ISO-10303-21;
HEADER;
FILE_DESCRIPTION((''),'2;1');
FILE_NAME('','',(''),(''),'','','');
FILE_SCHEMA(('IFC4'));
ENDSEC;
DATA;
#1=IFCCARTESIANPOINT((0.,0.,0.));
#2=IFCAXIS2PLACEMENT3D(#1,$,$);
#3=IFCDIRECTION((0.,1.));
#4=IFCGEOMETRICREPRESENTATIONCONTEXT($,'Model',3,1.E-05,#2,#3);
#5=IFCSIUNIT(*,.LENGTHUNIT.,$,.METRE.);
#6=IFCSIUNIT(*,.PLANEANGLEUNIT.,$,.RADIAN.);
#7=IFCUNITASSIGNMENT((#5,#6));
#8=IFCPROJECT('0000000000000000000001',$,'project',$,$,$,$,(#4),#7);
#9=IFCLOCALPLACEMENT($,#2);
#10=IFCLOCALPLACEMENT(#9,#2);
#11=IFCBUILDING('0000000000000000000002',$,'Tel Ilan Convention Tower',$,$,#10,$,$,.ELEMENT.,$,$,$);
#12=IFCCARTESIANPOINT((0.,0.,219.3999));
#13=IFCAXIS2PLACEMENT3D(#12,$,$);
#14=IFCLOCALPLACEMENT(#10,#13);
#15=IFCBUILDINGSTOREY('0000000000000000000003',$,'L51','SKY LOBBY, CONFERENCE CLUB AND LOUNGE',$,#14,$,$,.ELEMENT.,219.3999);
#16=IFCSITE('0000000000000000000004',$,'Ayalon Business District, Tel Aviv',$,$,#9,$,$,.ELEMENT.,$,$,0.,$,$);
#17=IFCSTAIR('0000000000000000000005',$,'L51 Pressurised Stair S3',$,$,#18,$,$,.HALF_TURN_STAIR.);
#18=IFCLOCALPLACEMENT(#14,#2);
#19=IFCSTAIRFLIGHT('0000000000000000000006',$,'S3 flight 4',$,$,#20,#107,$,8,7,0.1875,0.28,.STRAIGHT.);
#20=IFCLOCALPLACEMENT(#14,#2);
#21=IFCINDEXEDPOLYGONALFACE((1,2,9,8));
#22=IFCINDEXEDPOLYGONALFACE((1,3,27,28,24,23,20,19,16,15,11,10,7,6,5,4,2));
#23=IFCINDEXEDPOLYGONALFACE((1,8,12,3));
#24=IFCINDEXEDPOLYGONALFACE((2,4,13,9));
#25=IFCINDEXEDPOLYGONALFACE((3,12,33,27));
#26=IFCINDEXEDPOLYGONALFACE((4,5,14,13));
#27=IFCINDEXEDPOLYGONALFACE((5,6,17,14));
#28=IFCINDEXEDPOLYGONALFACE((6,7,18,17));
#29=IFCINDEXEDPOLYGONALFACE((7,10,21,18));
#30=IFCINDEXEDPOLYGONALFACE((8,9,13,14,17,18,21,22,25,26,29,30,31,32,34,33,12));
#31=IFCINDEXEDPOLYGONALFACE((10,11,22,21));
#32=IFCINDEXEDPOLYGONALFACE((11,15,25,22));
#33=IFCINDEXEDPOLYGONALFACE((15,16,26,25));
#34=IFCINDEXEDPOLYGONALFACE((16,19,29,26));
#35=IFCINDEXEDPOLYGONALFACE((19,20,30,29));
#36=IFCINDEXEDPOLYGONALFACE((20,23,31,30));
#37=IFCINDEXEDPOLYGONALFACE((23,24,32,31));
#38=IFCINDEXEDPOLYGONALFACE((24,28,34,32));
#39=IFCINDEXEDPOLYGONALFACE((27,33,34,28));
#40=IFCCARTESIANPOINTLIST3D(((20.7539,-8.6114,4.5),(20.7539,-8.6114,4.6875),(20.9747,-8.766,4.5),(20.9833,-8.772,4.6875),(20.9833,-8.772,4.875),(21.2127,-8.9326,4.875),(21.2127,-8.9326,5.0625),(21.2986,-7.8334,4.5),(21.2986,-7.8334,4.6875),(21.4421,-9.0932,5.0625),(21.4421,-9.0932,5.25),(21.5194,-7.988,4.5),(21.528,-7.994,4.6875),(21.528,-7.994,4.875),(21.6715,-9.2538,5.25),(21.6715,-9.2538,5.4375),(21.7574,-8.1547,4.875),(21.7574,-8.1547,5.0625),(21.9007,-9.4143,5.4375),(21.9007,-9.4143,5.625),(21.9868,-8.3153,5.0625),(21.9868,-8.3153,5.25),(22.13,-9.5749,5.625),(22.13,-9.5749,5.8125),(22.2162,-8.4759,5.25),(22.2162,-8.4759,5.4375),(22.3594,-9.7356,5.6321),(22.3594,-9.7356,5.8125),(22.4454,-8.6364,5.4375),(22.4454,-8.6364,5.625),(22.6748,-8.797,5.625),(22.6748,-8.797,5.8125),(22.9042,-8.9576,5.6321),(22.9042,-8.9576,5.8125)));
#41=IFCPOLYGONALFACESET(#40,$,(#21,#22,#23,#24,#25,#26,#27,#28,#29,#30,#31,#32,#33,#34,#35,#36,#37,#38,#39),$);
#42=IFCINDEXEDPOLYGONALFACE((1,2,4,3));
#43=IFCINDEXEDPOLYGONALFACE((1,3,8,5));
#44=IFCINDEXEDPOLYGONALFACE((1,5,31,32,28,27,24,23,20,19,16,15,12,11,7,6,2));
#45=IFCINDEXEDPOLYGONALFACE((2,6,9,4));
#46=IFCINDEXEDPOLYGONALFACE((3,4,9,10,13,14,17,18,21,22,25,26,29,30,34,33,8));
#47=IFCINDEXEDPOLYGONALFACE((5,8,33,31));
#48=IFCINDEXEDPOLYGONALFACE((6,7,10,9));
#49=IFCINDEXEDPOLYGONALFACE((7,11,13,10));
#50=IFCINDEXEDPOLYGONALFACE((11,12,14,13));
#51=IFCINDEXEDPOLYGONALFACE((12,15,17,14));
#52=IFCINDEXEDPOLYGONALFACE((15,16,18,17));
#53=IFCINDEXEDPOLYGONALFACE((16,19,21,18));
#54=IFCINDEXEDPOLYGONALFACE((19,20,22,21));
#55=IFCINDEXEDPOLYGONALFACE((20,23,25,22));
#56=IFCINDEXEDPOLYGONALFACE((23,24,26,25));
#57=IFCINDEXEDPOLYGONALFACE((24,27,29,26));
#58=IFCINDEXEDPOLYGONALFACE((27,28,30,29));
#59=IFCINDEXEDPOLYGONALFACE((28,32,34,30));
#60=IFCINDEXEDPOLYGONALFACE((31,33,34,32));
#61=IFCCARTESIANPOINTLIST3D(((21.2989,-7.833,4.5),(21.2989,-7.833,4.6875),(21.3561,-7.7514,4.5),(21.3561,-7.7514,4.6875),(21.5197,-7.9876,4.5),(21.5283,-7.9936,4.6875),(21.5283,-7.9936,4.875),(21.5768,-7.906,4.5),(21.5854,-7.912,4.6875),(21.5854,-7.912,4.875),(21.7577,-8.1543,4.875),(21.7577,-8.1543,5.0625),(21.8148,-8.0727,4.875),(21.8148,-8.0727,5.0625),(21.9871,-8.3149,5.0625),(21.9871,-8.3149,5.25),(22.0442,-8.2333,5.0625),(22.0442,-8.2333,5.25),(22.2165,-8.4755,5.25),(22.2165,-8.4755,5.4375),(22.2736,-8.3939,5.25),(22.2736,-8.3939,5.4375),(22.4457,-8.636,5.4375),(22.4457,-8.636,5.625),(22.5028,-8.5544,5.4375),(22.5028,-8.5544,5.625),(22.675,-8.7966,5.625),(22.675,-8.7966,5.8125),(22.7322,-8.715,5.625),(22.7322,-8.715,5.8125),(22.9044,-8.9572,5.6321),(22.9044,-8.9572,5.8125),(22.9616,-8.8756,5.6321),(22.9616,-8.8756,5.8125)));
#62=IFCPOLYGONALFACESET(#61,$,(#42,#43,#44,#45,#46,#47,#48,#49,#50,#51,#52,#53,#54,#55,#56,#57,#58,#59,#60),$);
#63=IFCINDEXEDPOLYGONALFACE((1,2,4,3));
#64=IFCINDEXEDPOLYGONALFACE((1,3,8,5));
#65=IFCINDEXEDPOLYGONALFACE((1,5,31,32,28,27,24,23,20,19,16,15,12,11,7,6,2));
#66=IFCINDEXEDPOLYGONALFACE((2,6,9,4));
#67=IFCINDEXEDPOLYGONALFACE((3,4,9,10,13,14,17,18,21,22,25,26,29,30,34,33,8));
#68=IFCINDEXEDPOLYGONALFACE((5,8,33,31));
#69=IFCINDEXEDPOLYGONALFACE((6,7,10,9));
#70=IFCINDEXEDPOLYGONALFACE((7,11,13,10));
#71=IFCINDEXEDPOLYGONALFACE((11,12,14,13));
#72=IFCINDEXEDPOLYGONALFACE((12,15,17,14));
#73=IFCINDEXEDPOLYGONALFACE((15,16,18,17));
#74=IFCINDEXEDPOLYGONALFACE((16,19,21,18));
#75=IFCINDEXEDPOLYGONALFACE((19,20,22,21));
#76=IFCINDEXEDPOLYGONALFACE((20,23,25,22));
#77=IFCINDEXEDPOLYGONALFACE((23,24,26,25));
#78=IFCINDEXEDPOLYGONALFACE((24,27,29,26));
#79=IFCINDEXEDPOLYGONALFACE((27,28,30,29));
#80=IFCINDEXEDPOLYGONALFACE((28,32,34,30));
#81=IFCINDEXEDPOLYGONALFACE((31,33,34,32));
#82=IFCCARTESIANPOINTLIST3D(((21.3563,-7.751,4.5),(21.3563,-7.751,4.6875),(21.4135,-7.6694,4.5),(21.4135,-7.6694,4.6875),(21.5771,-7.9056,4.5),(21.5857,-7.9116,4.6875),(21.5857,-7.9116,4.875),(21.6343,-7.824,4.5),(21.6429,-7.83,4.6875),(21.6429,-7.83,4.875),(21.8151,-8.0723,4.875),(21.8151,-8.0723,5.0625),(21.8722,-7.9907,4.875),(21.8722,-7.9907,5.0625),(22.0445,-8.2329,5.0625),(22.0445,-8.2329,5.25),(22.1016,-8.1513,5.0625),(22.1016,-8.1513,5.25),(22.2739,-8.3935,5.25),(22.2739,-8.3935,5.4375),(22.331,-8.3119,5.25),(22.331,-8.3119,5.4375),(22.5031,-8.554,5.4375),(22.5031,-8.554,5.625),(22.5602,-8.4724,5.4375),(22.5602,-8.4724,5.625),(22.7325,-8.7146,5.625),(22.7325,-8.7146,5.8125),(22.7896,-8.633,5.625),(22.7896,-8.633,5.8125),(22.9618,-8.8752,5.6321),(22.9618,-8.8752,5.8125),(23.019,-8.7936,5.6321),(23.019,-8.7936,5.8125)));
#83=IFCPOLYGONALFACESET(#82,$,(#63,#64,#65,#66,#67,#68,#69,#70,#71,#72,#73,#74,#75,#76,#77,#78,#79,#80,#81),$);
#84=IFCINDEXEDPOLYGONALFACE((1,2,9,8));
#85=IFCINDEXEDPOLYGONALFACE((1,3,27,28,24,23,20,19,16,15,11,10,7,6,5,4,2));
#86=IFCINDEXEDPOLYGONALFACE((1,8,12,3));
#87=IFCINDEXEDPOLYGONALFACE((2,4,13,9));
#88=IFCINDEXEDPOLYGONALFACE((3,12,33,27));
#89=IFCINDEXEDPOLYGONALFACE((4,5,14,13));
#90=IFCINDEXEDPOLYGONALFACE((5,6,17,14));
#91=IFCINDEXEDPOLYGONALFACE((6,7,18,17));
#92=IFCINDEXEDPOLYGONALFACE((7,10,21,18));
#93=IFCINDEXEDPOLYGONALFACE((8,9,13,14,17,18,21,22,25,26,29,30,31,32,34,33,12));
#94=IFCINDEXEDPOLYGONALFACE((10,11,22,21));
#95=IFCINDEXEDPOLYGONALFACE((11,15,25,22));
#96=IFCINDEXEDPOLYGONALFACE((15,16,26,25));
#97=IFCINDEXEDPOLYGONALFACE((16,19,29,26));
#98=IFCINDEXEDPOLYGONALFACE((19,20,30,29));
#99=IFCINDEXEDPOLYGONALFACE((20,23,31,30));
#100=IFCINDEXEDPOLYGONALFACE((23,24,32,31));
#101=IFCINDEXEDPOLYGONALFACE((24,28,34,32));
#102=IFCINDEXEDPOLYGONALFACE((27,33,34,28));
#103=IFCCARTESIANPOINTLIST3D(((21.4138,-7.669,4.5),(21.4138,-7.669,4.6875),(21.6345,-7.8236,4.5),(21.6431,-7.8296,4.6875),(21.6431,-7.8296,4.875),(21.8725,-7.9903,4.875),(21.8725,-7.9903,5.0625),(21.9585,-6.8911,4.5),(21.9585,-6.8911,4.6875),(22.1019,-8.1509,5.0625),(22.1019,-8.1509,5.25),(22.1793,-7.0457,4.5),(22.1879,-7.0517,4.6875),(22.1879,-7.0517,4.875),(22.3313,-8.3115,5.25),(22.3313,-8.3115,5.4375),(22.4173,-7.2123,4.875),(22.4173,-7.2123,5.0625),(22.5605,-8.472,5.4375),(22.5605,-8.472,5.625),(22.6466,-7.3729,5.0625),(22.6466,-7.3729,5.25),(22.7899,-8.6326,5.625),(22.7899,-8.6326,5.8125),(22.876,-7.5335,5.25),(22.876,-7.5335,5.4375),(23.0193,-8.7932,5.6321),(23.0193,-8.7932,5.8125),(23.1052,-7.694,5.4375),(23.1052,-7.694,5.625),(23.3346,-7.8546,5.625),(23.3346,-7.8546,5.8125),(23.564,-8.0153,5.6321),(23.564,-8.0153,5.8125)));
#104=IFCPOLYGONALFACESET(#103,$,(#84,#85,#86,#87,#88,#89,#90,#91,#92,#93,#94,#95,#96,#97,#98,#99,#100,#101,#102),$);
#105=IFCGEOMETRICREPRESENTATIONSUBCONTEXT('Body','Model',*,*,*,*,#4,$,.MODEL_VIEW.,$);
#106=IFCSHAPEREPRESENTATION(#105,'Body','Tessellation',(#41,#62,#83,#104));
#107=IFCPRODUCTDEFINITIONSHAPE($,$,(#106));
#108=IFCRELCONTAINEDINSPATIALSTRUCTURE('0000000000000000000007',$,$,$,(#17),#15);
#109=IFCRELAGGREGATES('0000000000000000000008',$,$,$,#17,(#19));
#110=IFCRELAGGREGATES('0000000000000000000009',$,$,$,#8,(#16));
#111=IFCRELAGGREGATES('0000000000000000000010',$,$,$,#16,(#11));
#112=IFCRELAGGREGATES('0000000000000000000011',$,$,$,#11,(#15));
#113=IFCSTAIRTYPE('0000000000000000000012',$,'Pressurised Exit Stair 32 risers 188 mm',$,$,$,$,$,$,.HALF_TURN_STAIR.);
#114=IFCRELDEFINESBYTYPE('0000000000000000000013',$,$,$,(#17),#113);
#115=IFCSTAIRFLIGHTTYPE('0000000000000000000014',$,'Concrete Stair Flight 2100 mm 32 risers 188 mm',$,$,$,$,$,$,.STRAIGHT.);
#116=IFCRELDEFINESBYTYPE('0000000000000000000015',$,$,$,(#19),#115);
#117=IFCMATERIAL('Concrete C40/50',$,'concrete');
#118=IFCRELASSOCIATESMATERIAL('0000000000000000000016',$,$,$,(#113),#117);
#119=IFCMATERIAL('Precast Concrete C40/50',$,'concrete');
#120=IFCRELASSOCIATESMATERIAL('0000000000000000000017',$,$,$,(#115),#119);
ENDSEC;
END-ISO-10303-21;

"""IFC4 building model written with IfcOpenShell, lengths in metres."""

from ifc_helpers import new_model, si_unit, direction, frame, origin, place, context, subcontext, project, spatial, polyline, outline, extrude, material, type_object, element, aggregate, save


model = new_model("IFC4")

# Units and contexts
model_context = context("Model", 3, precision=1e-05, world=origin(), true_north=direction((0.0, 1.0)))
body_context = subcontext(model_context, "Body", "Model", "MODEL_VIEW")
ifc_project = project(units=[si_unit("LENGTHUNIT", "METRE"), si_unit("PLANEANGLEUNIT", "RADIAN")], contexts=[model_context])

# Site, building, storey
site_placement = place(None, origin())
site = spatial("IfcSite", under=ifc_project, at=site_placement, Name="Ayalon Business District, Tel Aviv", CompositionType="ELEMENT", RefElevation=0.0)
building_placement = place(site_placement, origin())
building = spatial("IfcBuilding", under=site, at=building_placement, Name="Tel Ilan Convention Tower", CompositionType="ELEMENT")
storey_placement = place(building_placement, frame((0.0, 0.0, 219.3999)))
storey = spatial("IfcBuildingStorey", under=building, at=storey_placement, Name="L51", Description="SKY LOBBY, CONFERENCE CLUB AND LOUNGE", CompositionType="ELEMENT", Elevation=219.3999)

# Stair, stair flight
ifc_material_1 = material(Name="Concrete C40/50", Category="concrete")
stair_type = type_object("IfcStairType", Name="Pressurised Exit Stair 32 risers 188 mm", PredefinedType="HALF_TURN_STAIR", material=ifc_material_1)
stair_1_placement = place(storey_placement, origin())
stair_1 = element("IfcStair", 1, at=stair_1_placement, inside=storey, type_object=stair_type, Name="L51 Pressurised Stair S3", PredefinedType="HALF_TURN_STAIR")
ifc_material_2 = material(Name="Precast Concrete C40/50", Category="concrete")
stair_flight_type = type_object("IfcStairFlightType", Name="Concrete Stair Flight 2100 mm 32 risers 188 mm", PredefinedType="STRAIGHT", material=ifc_material_2)
stair_flight_1_placement = place(storey_placement, frame((21.3562, -7.7512, 4.5), z_axis=(0.0, 0.0, 1.0), x_axis=(0.819152, -0.573576, 0.0)))
stair_flight_1 = element("IfcStairFlight", 2, at=stair_flight_1_placement, type_object=stair_flight_type, Name="S3 flight 4", NumberOfRisers=8, NumberOfTreads=7, PredefinedType="STRAIGHT", RiserHeight=0.1875, TreadLength=0.28, context=body_context, shape_type="SweptSolid", body=[
    extrude(outline(polyline([(0.0, 0.0), (0.0, 0.1875), (0.28, 0.1875), (0.28, 0.375), (0.5601, 0.375), (0.5601, 0.5625), (0.8401, 0.5625), (0.8401, 0.75), (1.1201, 0.75), (1.1201, 0.9375), (1.3999, 0.9375), (1.3999, 1.125), (1.6799, 1.125), (1.6799, 1.3125), (1.96, 1.3125), (1.96, 1.5), (1.96, 1.1321), (0.2695, 0.0), (0.0, 0.0)])), frame((0.0, -0.1003, 0.0), z_axis=(0.0, -1.0, 0.0), x_axis=(1.0, 0.0, 0.0)), (0.0, 0.0, 1.0), 0.9497),
    extrude(outline(polyline([(0.0, 0.0), (0.0, 0.1875), (0.28, 0.1875), (0.28, 0.375), (0.5601, 0.375), (0.5601, 0.5625), (0.8401, 0.5625), (0.8401, 0.75), (1.1201, 0.75), (1.1201, 0.9375), (1.3999, 0.9375), (1.3999, 1.125), (1.6799, 1.125), (1.6799, 1.3125), (1.96, 1.3125), (1.96, 1.5), (1.96, 1.1321), (0.2695, 0.0), (0.0, 0.0)])), frame((0.0, -0.0002, 0.0), z_axis=(0.0, -1.0, 0.0), x_axis=(1.0, 0.0, 0.0)), (0.0, 0.0, 1.0), 0.0996),
    extrude(outline(polyline([(0.0, 0.0), (0.0, 0.1875), (0.28, 0.1875), (0.28, 0.375), (0.5601, 0.375), (0.5601, 0.5625), (0.8401, 0.5625), (0.8401, 0.75), (1.1201, 0.75), (1.1201, 0.9375), (1.3999, 0.9375), (1.3999, 1.125), (1.6799, 1.125), (1.6799, 1.3125), (1.96, 1.3125), (1.96, 1.5), (1.96, 1.1321), (0.2695, 0.0), (0.0, 0.0)])), frame((0.0, 0.0999, 0.0), z_axis=(0.0, -1.0, 0.0), x_axis=(1.0, 0.0, 0.0)), (0.0, 0.0, 1.0), 0.0996),
    extrude(outline(polyline([(0.0, 0.0), (0.0, 0.1875), (0.28, 0.1875), (0.28, 0.375), (0.5601, 0.375), (0.5601, 0.5625), (0.8401, 0.5625), (0.8401, 0.75), (1.1201, 0.75), (1.1201, 0.9375), (1.3999, 0.9375), (1.3999, 1.125), (1.6799, 1.125), (1.6799, 1.3125), (1.96, 1.3125), (1.96, 1.5), (1.96, 1.1321), (0.2695, 0.0), (0.0, 0.0)])), frame((0.0, 1.05, 0.0), z_axis=(0.0, -1.0, 0.0), x_axis=(1.0, 0.0, 0.0)), (0.0, 0.0, 1.0), 0.9497),
])
aggregate(stair_1, [stair_flight_1])

save(model, "model.ifc")
